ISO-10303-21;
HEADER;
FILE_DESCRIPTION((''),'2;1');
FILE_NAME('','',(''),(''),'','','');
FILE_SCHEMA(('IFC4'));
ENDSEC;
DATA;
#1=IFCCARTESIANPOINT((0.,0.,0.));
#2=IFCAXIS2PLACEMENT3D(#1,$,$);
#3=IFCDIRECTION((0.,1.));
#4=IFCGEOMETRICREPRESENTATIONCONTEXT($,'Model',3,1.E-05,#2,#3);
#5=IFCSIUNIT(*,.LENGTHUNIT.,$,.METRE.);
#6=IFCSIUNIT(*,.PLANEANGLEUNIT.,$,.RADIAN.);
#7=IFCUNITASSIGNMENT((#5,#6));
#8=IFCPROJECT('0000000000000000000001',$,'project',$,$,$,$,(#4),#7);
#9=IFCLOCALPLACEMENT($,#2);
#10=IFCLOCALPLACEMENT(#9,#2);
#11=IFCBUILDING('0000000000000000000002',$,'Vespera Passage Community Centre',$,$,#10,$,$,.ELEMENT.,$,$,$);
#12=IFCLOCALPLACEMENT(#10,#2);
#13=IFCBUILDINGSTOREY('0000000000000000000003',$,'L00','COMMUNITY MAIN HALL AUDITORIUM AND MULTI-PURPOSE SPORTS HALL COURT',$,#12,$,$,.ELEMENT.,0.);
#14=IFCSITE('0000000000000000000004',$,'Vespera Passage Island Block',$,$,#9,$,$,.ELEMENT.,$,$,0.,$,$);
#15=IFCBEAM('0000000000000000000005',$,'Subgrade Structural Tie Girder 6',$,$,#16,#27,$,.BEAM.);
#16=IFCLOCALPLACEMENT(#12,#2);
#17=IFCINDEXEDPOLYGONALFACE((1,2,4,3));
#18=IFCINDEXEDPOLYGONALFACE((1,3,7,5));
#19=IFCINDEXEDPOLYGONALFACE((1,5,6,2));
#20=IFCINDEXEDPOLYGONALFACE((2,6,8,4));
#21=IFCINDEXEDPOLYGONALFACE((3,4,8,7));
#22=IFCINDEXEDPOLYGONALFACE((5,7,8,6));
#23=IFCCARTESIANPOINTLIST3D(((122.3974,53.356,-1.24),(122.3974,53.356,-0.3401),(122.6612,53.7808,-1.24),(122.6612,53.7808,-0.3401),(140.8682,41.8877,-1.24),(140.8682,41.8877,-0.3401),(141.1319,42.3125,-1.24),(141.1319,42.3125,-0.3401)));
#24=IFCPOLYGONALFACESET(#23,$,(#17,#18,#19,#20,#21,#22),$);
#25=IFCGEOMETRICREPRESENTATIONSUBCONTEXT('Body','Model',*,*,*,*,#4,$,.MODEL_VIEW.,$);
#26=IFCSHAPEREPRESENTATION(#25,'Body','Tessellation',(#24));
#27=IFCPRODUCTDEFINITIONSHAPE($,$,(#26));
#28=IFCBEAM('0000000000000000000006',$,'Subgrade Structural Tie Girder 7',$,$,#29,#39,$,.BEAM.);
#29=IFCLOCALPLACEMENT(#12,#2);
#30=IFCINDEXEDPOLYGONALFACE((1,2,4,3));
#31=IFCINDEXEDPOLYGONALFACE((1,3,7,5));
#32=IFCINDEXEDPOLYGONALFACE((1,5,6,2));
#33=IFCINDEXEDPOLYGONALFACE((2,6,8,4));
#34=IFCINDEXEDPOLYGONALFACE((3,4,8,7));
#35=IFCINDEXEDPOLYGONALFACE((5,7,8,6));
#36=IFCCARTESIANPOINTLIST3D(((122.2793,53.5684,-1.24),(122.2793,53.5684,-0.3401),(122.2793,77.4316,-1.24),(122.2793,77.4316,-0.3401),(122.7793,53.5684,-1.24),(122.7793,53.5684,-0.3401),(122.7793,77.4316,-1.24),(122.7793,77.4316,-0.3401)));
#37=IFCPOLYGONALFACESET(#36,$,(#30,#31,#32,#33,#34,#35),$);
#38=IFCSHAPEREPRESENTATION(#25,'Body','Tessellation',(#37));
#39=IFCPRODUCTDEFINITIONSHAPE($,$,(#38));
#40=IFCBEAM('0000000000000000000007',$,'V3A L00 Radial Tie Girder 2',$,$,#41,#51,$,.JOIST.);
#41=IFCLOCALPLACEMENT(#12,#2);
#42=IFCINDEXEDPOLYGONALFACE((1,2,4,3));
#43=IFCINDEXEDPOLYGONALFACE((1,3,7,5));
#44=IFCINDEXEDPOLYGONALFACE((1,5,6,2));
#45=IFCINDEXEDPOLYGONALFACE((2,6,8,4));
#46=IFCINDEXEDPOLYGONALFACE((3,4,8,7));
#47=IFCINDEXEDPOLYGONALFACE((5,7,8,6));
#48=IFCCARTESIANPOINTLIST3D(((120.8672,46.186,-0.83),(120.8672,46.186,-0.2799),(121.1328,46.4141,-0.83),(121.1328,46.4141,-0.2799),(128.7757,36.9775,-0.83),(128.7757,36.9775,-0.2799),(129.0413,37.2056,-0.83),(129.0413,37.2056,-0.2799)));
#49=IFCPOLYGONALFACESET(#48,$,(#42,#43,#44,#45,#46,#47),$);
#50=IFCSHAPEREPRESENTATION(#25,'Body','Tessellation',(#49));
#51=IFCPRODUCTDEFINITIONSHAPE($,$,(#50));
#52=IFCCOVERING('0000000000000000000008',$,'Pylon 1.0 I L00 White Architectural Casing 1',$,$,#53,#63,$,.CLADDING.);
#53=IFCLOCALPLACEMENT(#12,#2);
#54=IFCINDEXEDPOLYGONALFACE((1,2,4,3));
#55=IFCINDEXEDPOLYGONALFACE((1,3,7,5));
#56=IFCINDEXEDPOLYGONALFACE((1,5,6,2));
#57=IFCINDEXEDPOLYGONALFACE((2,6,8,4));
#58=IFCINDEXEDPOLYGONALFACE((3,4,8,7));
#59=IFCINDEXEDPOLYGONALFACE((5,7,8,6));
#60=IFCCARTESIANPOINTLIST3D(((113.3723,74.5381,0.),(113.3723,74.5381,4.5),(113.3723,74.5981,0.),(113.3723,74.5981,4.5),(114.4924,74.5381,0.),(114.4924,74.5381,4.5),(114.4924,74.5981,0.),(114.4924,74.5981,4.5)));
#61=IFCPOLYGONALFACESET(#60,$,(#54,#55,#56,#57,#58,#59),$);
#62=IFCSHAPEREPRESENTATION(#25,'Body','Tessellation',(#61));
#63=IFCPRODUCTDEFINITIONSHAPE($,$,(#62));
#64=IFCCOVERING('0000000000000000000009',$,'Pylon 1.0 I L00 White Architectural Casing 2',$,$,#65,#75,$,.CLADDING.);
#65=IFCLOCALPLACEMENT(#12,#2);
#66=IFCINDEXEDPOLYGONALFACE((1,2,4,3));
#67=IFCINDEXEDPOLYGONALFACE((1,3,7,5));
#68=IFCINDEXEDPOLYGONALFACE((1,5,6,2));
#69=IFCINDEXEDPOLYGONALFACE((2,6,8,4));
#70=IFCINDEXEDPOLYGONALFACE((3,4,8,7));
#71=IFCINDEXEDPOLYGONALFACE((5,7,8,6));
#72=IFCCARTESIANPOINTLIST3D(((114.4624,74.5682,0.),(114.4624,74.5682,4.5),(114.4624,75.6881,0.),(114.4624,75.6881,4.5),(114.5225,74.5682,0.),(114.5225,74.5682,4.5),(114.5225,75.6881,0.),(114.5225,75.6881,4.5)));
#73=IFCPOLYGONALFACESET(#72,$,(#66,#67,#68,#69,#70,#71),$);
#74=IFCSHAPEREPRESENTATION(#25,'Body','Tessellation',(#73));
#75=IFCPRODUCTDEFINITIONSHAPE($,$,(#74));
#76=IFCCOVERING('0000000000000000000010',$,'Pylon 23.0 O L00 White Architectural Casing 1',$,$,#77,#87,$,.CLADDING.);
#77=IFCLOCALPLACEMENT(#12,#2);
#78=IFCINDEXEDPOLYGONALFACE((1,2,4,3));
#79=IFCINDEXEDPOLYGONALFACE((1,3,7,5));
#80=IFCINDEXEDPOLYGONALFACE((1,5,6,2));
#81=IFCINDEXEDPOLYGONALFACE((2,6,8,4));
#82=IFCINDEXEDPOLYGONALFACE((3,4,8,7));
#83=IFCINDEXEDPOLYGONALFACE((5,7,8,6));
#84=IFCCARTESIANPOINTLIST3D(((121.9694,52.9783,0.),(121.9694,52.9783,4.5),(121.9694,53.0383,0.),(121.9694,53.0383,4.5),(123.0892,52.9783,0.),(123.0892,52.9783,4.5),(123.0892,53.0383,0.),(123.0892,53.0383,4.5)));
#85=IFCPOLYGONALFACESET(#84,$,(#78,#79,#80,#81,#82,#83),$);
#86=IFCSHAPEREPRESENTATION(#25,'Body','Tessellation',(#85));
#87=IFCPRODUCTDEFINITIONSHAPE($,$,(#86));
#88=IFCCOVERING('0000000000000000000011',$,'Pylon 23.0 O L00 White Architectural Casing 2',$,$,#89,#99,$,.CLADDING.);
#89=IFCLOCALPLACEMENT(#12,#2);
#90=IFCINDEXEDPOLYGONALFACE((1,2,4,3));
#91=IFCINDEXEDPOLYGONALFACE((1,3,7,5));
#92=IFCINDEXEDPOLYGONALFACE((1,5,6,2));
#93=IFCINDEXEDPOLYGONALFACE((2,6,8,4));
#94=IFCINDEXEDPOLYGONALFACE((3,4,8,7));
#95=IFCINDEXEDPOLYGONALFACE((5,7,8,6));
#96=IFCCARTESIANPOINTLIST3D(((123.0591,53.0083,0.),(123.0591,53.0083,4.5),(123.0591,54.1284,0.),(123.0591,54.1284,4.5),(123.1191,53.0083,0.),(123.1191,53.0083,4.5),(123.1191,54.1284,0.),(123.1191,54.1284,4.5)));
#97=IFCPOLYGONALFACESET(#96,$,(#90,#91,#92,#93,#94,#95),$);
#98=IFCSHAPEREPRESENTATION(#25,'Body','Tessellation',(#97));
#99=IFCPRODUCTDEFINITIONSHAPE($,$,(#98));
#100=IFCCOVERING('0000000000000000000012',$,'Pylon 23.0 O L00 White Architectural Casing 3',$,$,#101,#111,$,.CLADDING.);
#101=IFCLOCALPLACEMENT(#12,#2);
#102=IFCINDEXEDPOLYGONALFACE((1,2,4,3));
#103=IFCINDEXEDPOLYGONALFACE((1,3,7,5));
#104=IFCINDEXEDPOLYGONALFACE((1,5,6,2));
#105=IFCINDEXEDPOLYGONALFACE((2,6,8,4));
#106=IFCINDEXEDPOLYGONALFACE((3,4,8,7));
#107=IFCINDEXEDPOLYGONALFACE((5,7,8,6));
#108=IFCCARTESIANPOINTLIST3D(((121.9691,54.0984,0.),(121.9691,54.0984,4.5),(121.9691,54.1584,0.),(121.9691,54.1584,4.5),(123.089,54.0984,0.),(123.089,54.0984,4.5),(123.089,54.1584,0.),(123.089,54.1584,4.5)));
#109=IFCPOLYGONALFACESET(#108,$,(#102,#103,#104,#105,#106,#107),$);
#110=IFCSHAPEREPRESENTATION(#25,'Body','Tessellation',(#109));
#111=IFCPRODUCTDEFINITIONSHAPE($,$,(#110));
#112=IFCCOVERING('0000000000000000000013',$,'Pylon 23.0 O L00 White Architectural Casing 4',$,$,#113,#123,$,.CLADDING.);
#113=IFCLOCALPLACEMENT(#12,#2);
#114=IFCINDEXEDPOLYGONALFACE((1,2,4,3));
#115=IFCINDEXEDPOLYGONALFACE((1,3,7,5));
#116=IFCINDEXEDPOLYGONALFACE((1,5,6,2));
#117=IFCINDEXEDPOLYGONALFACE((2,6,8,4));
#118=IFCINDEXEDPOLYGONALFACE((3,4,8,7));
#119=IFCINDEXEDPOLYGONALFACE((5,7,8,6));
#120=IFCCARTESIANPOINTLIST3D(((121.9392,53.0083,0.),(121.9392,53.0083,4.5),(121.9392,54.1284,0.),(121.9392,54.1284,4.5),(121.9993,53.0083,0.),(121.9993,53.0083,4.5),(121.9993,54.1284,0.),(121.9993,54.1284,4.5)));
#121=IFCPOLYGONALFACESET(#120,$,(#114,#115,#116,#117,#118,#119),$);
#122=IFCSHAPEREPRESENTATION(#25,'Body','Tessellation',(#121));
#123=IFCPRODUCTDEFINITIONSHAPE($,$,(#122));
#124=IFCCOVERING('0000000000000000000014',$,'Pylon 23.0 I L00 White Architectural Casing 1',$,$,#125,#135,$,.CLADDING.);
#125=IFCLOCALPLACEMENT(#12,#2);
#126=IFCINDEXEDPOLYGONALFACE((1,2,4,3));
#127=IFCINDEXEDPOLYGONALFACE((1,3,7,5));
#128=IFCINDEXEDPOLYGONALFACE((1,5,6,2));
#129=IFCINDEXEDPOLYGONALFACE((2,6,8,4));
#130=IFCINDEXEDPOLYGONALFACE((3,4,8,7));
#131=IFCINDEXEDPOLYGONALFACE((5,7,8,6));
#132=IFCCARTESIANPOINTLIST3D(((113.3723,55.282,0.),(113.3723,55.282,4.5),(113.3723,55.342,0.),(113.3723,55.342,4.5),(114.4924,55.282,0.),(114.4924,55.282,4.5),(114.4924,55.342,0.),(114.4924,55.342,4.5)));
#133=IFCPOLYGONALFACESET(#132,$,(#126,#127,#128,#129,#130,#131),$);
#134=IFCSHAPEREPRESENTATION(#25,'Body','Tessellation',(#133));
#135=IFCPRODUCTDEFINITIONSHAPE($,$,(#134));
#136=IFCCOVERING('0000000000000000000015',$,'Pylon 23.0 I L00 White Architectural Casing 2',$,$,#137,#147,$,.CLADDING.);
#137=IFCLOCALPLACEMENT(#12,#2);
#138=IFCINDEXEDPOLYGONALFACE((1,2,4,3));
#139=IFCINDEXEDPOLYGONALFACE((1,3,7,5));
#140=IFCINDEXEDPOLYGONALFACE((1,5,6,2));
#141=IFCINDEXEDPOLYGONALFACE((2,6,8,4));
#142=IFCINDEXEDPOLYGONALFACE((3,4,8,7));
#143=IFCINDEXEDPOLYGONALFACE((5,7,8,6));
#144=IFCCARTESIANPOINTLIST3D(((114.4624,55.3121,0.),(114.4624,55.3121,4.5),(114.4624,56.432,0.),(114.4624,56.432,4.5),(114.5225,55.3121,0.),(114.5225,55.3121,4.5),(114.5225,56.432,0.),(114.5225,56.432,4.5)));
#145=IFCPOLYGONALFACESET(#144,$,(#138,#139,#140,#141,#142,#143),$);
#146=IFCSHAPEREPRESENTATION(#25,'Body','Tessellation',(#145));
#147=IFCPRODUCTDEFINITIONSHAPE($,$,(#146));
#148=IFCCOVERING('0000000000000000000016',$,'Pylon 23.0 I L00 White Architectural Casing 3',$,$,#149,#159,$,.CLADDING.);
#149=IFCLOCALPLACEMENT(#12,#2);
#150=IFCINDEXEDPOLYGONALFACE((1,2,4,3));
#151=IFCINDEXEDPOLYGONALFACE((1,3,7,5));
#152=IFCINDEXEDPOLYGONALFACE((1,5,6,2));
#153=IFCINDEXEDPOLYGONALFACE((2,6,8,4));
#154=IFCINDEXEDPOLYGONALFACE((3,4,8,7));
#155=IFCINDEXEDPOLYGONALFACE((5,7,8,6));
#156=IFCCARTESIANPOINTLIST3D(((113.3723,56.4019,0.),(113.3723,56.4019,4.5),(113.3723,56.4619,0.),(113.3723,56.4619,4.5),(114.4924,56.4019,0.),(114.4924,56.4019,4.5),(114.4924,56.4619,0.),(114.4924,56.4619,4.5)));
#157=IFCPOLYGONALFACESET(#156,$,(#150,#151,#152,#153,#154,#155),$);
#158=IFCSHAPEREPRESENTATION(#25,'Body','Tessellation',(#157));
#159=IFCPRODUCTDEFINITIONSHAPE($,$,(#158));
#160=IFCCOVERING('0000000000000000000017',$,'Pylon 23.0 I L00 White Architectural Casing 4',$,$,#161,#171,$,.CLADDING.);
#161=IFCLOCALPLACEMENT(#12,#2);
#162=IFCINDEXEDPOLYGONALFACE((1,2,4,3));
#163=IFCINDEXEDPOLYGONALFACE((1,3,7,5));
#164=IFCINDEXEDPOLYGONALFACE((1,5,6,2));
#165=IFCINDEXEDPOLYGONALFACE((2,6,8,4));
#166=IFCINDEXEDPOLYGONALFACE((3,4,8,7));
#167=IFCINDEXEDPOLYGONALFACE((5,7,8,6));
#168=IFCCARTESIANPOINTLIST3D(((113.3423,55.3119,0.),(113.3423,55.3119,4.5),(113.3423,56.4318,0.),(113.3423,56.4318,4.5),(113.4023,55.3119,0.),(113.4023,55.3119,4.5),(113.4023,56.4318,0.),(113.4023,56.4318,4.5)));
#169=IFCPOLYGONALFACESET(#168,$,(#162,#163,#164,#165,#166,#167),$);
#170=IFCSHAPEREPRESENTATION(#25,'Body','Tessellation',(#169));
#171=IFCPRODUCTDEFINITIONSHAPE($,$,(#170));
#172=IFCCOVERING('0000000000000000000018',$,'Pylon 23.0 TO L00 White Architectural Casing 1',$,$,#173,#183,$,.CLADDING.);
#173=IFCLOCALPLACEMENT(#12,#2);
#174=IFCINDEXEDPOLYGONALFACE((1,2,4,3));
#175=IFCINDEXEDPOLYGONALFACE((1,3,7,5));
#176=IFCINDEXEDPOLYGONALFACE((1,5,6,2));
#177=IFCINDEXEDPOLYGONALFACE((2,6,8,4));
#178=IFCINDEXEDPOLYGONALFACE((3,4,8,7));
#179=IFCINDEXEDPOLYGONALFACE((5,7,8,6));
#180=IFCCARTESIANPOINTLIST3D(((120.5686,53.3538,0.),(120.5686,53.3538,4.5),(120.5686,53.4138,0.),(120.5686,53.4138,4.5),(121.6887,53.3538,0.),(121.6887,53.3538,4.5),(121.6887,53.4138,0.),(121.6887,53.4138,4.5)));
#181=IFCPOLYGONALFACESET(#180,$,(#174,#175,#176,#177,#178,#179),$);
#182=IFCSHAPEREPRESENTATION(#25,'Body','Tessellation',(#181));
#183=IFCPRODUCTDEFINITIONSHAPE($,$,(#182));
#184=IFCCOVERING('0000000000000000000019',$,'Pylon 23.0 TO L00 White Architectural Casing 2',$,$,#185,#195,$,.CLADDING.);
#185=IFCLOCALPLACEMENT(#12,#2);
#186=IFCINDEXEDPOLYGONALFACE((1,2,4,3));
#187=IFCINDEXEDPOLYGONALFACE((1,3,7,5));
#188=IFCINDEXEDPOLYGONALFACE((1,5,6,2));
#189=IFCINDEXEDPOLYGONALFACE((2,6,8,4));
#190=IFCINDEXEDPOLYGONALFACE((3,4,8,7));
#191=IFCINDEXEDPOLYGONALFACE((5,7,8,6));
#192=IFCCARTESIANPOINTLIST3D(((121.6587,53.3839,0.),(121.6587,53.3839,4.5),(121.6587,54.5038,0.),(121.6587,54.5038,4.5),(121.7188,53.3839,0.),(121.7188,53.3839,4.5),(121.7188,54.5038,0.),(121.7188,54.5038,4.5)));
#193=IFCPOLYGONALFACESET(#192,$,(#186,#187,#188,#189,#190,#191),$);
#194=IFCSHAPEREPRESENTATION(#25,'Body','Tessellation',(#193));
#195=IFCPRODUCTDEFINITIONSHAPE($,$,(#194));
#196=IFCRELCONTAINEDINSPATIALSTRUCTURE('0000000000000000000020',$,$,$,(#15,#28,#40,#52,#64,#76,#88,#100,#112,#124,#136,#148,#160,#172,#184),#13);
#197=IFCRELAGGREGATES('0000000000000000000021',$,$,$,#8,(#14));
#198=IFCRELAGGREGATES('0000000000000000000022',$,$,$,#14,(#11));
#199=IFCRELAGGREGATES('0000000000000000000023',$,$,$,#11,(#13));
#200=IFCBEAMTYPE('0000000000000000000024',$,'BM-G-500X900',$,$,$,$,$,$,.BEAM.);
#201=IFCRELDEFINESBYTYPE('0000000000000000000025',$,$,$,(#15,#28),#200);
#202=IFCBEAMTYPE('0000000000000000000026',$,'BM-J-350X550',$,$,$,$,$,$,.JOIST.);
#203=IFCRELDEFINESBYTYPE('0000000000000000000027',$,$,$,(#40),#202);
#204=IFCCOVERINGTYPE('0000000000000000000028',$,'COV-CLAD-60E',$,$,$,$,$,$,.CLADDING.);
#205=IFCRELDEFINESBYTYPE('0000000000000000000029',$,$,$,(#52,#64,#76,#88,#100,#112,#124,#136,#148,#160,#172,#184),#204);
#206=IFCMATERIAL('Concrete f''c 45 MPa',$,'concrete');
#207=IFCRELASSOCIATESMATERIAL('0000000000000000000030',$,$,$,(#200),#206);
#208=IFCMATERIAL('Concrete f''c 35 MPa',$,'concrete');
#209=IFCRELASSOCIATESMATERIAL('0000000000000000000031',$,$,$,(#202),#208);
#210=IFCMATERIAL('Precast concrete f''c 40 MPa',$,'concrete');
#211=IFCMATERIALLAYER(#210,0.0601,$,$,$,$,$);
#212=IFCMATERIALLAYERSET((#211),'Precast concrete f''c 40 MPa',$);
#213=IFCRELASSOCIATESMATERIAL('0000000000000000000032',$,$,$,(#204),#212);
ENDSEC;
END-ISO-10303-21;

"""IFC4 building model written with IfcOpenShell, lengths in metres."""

from ifc_helpers import new_model, si_unit, direction, frame, frame_2d, origin, origin_2d, place, context, subcontext, project, spatial, rectangle, extrude, material, layer, layer_set, material_profile, profile_set, type_object, element, save


model = new_model("IFC4")

# Units and contexts
model_context = context("Model", 3, precision=1e-05, world=origin(), true_north=direction((0.0, 1.0)))
body_context = subcontext(model_context, "Body", "Model", "MODEL_VIEW")
ifc_project = project(units=[si_unit("LENGTHUNIT", "METRE"), si_unit("PLANEANGLEUNIT", "RADIAN")], contexts=[model_context])

# Site, building, storey
site_placement = place(None, origin())
site = spatial("IfcSite", under=ifc_project, at=site_placement, Name="Vespera Passage Island Block", CompositionType="ELEMENT", RefElevation=0.0)
building_placement = place(site_placement, origin())
building = spatial("IfcBuilding", under=site, at=building_placement, Name="Vespera Passage Community Centre", CompositionType="ELEMENT")
storey_placement = place(building_placement, origin())
storey = spatial("IfcBuildingStorey", under=building, at=storey_placement, Name="L00", Description="COMMUNITY MAIN HALL AUDITORIUM AND MULTI-PURPOSE SPORTS HALL COURT", CompositionType="ELEMENT", Elevation=0.0)

# Beams
ifc_material_1 = material(Name="Concrete f'c 45 MPa", Category="concrete")
ifc_material_profile_1 = material_profile(ifc_material_1, rectangle(XDim=0.5, YDim=0.8999, at=origin_2d()), Name="RC500X900")
ifc_profile_set_1 = profile_set([ifc_material_profile_1], Name="Concrete f'c 45 MPa")
beam_type_1 = type_object("IfcBeamType", Name="BM-G-500X900", PredefinedType="BEAM", material=ifc_profile_set_1)
beam_1_placement = place(storey_placement, frame((122.5293, 53.5684, -0.79), z_axis=(0.849564, -0.527485, 0.0), x_axis=(0.527485, 0.849564, 0.0)))
element("IfcBeam", 1, at=beam_1_placement, inside=storey, type_object=beam_type_1, Name="Subgrade Structural Tie Girder 6", PredefinedType="BEAM", context=body_context, shape_type="SweptSolid", body=[
    extrude(rectangle(XDim=0.5, YDim=0.8999, at=origin_2d()), origin(), (0.0, 0.0, 1.0), 21.7415),
])
beam_2_placement = place(storey_placement, frame((122.5293, 53.5684, -0.79), z_axis=(0.0, 1.0, 0.0), x_axis=(-1.0, 0.0, 0.0)))
element("IfcBeam", 2, at=beam_2_placement, inside=storey, type_object=beam_type_1, Name="Subgrade Structural Tie Girder 7", PredefinedType="BEAM", context=body_context, shape_type="SweptSolid", body=[
    extrude(rectangle(XDim=0.5, YDim=0.8999, at=origin_2d()), origin(), (0.0, 0.0, 1.0), 23.8633),
])
ifc_material_2 = material(Name="Concrete f'c 35 MPa", Category="concrete")
ifc_material_profile_2 = material_profile(ifc_material_2, rectangle(XDim=0.3501, YDim=0.55, at=origin_2d()), Name="RC350X550")
ifc_profile_set_2 = profile_set([ifc_material_profile_2], Name="Concrete f'c 35 MPa")
beam_type_2 = type_object("IfcBeamType", Name="BM-J-350X550", PredefinedType="JOIST", material=ifc_profile_set_2)
beam_3_placement = place(storey_placement, frame((121.0, 46.3, -0.5549), z_axis=(0.651525, -0.758627, 0.0), x_axis=(0.758627, 0.651525, 0.0)))
element("IfcBeam", 3, at=beam_3_placement, inside=storey, type_object=beam_type_2, Name="V3A L00 Radial Tie Girder 2", PredefinedType="JOIST", context=body_context, shape_type="SweptSolid", body=[
    extrude(rectangle(XDim=0.3501, YDim=0.55, at=origin_2d()), origin(), (0.0, 0.0, 1.0), 12.1384),
])

# Coverings
ifc_material_3 = material(Name="Precast concrete f'c 40 MPa", Category="concrete")
ifc_layer = layer(ifc_material_3, 0.0601)
ifc_layer_set = layer_set([ifc_layer], Name="Precast concrete f'c 40 MPa")
covering_type = type_object("IfcCoveringType", Name="COV-CLAD-60E", PredefinedType="CLADDING", material=ifc_layer_set)
covering_1_placement = place(storey_placement, frame((113.3723, 74.5681, 0.0), z_axis=(0.0, 0.0, 1.0), x_axis=(1.0, 0.0, 0.0)))
element("IfcCovering", 4, at=covering_1_placement, inside=storey, type_object=covering_type, Name="Pylon 1.0 I L00 White Architectural Casing 1", PredefinedType="CLADDING", context=body_context, shape_type="SweptSolid", body=[
    extrude(rectangle(XDim=1.1201, YDim=0.0601, at=frame_2d((0.5601, 0.0))), origin(), (0.0, 0.0, 1.0), 4.5),
])
for number, where, z_axis, x_axis, name in (
    (5, (114.4924, 74.5681, 0.0), (0.0, 0.0, 1.0), (0.0, 1.0, 0.0), "Pylon 1.0 I L00 White Architectural Casing 2"),
    (6, (121.9692, 53.0083, 0.0), (0.0, 0.0, 1.0), (1.0, 0.0, 0.0), "Pylon 23.0 O L00 White Architectural Casing 1"),
):
    element("IfcCovering", number, at=place(storey_placement, frame(where, z_axis=z_axis, x_axis=x_axis)), inside=storey, type_object=covering_type, Name=name, PredefinedType="CLADDING", context=body_context, shape_type="SweptSolid", body=[
        extrude(rectangle(XDim=1.1199, YDim=0.0601, at=frame_2d((0.5601, 0.0))), origin(), (0.0, 0.0, 1.0), 4.5),
    ])
covering_2_placement = place(storey_placement, frame((123.0891, 53.0083, 0.0), z_axis=(0.0, 0.0, 1.0), x_axis=(0.0, 1.0, 0.0)))
element("IfcCovering", 7, at=covering_2_placement, inside=storey, type_object=covering_type, Name="Pylon 23.0 O L00 White Architectural Casing 2", PredefinedType="CLADDING", context=body_context, shape_type="SweptSolid", body=[
    extrude(rectangle(XDim=1.1201, YDim=0.0601, at=frame_2d((0.5601, 0.0))), origin(), (0.0, 0.0, 1.0), 4.5),
])
covering_3_placement = place(storey_placement, frame((123.0891, 54.1284, 0.0), z_axis=(0.0, 0.0, 1.0), x_axis=(-1.0, 0.0, 0.0)))
element("IfcCovering", 8, at=covering_3_placement, inside=storey, type_object=covering_type, Name="Pylon 23.0 O L00 White Architectural Casing 3", PredefinedType="CLADDING", context=body_context, shape_type="SweptSolid", body=[
    extrude(rectangle(XDim=1.1199, YDim=0.0601, at=frame_2d((0.5601, 0.0))), origin(), (0.0, 0.0, 1.0), 4.5),
])
for number, where, z_axis, x_axis, name in (
    (9, (121.9692, 54.1284, 0.0), (0.0, 0.0, 1.0), (0.0, -1.0, 0.0), "Pylon 23.0 O L00 White Architectural Casing 4"),
    (10, (113.3723, 55.312, 0.0), (0.0, 0.0, 1.0), (1.0, 0.0, 0.0), "Pylon 23.0 I L00 White Architectural Casing 1"),
):
    element("IfcCovering", number, at=place(storey_placement, frame(where, z_axis=z_axis, x_axis=x_axis)), inside=storey, type_object=covering_type, Name=name, PredefinedType="CLADDING", context=body_context, shape_type="SweptSolid", body=[
        extrude(rectangle(XDim=1.1201, YDim=0.0601, at=frame_2d((0.5601, 0.0))), origin(), (0.0, 0.0, 1.0), 4.5),
    ])
covering_4_placement = place(storey_placement, frame((114.4924, 55.312, 0.0), z_axis=(0.0, 0.0, 1.0), x_axis=(0.0, 1.0, 0.0)))
element("IfcCovering", 11, at=covering_4_placement, inside=storey, type_object=covering_type, Name="Pylon 23.0 I L00 White Architectural Casing 2", PredefinedType="CLADDING", context=body_context, shape_type="SweptSolid", body=[
    extrude(rectangle(XDim=1.1199, YDim=0.0601, at=frame_2d((0.5601, 0.0))), origin(), (0.0, 0.0, 1.0), 4.5),
])
covering_5_placement = place(storey_placement, frame((114.4924, 56.4319, 0.0), z_axis=(0.0, 0.0, 1.0), x_axis=(-1.0, 0.0, 0.0)))
element("IfcCovering", 12, at=covering_5_placement, inside=storey, type_object=covering_type, Name="Pylon 23.0 I L00 White Architectural Casing 3", PredefinedType="CLADDING", context=body_context, shape_type="SweptSolid", body=[
    extrude(rectangle(XDim=1.1201, YDim=0.0601, at=frame_2d((0.5601, 0.0))), origin(), (0.0, 0.0, 1.0), 4.5),
])
covering_6_placement = place(storey_placement, frame((113.3723, 56.4319, 0.0), z_axis=(0.0, 0.0, 1.0), x_axis=(0.0, -1.0, 0.0)))
element("IfcCovering", 13, at=covering_6_placement, inside=storey, type_object=covering_type, Name="Pylon 23.0 I L00 White Architectural Casing 4", PredefinedType="CLADDING", context=body_context, shape_type="SweptSolid", body=[
    extrude(rectangle(XDim=1.1199, YDim=0.0601, at=frame_2d((0.5601, 0.0))), origin(), (0.0, 0.0, 1.0), 4.5),
])
covering_7_placement = place(storey_placement, frame((120.5686, 53.3838, 0.0), z_axis=(0.0, 0.0, 1.0), x_axis=(1.0, 0.0, 0.0)))
element("IfcCovering", 14, at=covering_7_placement, inside=storey, type_object=covering_type, Name="Pylon 23.0 TO L00 White Architectural Casing 1", PredefinedType="CLADDING", context=body_context, shape_type="SweptSolid", body=[
    extrude(rectangle(XDim=1.1201, YDim=0.0601, at=frame_2d((0.5601, 0.0))), origin(), (0.0, 0.0, 1.0), 4.5),
])
covering_8_placement = place(storey_placement, frame((121.6887, 53.3838, 0.0), z_axis=(0.0, 0.0, 1.0), x_axis=(0.0, 1.0, 0.0)))
element("IfcCovering", 15, at=covering_8_placement, inside=storey, type_object=covering_type, Name="Pylon 23.0 TO L00 White Architectural Casing 2", PredefinedType="CLADDING", context=body_context, shape_type="SweptSolid", body=[
    extrude(rectangle(XDim=1.1199, YDim=0.0601, at=frame_2d((0.5601, 0.0))), origin(), (0.0, 0.0, 1.0), 4.5),
])

save(model, "model.ifc")
